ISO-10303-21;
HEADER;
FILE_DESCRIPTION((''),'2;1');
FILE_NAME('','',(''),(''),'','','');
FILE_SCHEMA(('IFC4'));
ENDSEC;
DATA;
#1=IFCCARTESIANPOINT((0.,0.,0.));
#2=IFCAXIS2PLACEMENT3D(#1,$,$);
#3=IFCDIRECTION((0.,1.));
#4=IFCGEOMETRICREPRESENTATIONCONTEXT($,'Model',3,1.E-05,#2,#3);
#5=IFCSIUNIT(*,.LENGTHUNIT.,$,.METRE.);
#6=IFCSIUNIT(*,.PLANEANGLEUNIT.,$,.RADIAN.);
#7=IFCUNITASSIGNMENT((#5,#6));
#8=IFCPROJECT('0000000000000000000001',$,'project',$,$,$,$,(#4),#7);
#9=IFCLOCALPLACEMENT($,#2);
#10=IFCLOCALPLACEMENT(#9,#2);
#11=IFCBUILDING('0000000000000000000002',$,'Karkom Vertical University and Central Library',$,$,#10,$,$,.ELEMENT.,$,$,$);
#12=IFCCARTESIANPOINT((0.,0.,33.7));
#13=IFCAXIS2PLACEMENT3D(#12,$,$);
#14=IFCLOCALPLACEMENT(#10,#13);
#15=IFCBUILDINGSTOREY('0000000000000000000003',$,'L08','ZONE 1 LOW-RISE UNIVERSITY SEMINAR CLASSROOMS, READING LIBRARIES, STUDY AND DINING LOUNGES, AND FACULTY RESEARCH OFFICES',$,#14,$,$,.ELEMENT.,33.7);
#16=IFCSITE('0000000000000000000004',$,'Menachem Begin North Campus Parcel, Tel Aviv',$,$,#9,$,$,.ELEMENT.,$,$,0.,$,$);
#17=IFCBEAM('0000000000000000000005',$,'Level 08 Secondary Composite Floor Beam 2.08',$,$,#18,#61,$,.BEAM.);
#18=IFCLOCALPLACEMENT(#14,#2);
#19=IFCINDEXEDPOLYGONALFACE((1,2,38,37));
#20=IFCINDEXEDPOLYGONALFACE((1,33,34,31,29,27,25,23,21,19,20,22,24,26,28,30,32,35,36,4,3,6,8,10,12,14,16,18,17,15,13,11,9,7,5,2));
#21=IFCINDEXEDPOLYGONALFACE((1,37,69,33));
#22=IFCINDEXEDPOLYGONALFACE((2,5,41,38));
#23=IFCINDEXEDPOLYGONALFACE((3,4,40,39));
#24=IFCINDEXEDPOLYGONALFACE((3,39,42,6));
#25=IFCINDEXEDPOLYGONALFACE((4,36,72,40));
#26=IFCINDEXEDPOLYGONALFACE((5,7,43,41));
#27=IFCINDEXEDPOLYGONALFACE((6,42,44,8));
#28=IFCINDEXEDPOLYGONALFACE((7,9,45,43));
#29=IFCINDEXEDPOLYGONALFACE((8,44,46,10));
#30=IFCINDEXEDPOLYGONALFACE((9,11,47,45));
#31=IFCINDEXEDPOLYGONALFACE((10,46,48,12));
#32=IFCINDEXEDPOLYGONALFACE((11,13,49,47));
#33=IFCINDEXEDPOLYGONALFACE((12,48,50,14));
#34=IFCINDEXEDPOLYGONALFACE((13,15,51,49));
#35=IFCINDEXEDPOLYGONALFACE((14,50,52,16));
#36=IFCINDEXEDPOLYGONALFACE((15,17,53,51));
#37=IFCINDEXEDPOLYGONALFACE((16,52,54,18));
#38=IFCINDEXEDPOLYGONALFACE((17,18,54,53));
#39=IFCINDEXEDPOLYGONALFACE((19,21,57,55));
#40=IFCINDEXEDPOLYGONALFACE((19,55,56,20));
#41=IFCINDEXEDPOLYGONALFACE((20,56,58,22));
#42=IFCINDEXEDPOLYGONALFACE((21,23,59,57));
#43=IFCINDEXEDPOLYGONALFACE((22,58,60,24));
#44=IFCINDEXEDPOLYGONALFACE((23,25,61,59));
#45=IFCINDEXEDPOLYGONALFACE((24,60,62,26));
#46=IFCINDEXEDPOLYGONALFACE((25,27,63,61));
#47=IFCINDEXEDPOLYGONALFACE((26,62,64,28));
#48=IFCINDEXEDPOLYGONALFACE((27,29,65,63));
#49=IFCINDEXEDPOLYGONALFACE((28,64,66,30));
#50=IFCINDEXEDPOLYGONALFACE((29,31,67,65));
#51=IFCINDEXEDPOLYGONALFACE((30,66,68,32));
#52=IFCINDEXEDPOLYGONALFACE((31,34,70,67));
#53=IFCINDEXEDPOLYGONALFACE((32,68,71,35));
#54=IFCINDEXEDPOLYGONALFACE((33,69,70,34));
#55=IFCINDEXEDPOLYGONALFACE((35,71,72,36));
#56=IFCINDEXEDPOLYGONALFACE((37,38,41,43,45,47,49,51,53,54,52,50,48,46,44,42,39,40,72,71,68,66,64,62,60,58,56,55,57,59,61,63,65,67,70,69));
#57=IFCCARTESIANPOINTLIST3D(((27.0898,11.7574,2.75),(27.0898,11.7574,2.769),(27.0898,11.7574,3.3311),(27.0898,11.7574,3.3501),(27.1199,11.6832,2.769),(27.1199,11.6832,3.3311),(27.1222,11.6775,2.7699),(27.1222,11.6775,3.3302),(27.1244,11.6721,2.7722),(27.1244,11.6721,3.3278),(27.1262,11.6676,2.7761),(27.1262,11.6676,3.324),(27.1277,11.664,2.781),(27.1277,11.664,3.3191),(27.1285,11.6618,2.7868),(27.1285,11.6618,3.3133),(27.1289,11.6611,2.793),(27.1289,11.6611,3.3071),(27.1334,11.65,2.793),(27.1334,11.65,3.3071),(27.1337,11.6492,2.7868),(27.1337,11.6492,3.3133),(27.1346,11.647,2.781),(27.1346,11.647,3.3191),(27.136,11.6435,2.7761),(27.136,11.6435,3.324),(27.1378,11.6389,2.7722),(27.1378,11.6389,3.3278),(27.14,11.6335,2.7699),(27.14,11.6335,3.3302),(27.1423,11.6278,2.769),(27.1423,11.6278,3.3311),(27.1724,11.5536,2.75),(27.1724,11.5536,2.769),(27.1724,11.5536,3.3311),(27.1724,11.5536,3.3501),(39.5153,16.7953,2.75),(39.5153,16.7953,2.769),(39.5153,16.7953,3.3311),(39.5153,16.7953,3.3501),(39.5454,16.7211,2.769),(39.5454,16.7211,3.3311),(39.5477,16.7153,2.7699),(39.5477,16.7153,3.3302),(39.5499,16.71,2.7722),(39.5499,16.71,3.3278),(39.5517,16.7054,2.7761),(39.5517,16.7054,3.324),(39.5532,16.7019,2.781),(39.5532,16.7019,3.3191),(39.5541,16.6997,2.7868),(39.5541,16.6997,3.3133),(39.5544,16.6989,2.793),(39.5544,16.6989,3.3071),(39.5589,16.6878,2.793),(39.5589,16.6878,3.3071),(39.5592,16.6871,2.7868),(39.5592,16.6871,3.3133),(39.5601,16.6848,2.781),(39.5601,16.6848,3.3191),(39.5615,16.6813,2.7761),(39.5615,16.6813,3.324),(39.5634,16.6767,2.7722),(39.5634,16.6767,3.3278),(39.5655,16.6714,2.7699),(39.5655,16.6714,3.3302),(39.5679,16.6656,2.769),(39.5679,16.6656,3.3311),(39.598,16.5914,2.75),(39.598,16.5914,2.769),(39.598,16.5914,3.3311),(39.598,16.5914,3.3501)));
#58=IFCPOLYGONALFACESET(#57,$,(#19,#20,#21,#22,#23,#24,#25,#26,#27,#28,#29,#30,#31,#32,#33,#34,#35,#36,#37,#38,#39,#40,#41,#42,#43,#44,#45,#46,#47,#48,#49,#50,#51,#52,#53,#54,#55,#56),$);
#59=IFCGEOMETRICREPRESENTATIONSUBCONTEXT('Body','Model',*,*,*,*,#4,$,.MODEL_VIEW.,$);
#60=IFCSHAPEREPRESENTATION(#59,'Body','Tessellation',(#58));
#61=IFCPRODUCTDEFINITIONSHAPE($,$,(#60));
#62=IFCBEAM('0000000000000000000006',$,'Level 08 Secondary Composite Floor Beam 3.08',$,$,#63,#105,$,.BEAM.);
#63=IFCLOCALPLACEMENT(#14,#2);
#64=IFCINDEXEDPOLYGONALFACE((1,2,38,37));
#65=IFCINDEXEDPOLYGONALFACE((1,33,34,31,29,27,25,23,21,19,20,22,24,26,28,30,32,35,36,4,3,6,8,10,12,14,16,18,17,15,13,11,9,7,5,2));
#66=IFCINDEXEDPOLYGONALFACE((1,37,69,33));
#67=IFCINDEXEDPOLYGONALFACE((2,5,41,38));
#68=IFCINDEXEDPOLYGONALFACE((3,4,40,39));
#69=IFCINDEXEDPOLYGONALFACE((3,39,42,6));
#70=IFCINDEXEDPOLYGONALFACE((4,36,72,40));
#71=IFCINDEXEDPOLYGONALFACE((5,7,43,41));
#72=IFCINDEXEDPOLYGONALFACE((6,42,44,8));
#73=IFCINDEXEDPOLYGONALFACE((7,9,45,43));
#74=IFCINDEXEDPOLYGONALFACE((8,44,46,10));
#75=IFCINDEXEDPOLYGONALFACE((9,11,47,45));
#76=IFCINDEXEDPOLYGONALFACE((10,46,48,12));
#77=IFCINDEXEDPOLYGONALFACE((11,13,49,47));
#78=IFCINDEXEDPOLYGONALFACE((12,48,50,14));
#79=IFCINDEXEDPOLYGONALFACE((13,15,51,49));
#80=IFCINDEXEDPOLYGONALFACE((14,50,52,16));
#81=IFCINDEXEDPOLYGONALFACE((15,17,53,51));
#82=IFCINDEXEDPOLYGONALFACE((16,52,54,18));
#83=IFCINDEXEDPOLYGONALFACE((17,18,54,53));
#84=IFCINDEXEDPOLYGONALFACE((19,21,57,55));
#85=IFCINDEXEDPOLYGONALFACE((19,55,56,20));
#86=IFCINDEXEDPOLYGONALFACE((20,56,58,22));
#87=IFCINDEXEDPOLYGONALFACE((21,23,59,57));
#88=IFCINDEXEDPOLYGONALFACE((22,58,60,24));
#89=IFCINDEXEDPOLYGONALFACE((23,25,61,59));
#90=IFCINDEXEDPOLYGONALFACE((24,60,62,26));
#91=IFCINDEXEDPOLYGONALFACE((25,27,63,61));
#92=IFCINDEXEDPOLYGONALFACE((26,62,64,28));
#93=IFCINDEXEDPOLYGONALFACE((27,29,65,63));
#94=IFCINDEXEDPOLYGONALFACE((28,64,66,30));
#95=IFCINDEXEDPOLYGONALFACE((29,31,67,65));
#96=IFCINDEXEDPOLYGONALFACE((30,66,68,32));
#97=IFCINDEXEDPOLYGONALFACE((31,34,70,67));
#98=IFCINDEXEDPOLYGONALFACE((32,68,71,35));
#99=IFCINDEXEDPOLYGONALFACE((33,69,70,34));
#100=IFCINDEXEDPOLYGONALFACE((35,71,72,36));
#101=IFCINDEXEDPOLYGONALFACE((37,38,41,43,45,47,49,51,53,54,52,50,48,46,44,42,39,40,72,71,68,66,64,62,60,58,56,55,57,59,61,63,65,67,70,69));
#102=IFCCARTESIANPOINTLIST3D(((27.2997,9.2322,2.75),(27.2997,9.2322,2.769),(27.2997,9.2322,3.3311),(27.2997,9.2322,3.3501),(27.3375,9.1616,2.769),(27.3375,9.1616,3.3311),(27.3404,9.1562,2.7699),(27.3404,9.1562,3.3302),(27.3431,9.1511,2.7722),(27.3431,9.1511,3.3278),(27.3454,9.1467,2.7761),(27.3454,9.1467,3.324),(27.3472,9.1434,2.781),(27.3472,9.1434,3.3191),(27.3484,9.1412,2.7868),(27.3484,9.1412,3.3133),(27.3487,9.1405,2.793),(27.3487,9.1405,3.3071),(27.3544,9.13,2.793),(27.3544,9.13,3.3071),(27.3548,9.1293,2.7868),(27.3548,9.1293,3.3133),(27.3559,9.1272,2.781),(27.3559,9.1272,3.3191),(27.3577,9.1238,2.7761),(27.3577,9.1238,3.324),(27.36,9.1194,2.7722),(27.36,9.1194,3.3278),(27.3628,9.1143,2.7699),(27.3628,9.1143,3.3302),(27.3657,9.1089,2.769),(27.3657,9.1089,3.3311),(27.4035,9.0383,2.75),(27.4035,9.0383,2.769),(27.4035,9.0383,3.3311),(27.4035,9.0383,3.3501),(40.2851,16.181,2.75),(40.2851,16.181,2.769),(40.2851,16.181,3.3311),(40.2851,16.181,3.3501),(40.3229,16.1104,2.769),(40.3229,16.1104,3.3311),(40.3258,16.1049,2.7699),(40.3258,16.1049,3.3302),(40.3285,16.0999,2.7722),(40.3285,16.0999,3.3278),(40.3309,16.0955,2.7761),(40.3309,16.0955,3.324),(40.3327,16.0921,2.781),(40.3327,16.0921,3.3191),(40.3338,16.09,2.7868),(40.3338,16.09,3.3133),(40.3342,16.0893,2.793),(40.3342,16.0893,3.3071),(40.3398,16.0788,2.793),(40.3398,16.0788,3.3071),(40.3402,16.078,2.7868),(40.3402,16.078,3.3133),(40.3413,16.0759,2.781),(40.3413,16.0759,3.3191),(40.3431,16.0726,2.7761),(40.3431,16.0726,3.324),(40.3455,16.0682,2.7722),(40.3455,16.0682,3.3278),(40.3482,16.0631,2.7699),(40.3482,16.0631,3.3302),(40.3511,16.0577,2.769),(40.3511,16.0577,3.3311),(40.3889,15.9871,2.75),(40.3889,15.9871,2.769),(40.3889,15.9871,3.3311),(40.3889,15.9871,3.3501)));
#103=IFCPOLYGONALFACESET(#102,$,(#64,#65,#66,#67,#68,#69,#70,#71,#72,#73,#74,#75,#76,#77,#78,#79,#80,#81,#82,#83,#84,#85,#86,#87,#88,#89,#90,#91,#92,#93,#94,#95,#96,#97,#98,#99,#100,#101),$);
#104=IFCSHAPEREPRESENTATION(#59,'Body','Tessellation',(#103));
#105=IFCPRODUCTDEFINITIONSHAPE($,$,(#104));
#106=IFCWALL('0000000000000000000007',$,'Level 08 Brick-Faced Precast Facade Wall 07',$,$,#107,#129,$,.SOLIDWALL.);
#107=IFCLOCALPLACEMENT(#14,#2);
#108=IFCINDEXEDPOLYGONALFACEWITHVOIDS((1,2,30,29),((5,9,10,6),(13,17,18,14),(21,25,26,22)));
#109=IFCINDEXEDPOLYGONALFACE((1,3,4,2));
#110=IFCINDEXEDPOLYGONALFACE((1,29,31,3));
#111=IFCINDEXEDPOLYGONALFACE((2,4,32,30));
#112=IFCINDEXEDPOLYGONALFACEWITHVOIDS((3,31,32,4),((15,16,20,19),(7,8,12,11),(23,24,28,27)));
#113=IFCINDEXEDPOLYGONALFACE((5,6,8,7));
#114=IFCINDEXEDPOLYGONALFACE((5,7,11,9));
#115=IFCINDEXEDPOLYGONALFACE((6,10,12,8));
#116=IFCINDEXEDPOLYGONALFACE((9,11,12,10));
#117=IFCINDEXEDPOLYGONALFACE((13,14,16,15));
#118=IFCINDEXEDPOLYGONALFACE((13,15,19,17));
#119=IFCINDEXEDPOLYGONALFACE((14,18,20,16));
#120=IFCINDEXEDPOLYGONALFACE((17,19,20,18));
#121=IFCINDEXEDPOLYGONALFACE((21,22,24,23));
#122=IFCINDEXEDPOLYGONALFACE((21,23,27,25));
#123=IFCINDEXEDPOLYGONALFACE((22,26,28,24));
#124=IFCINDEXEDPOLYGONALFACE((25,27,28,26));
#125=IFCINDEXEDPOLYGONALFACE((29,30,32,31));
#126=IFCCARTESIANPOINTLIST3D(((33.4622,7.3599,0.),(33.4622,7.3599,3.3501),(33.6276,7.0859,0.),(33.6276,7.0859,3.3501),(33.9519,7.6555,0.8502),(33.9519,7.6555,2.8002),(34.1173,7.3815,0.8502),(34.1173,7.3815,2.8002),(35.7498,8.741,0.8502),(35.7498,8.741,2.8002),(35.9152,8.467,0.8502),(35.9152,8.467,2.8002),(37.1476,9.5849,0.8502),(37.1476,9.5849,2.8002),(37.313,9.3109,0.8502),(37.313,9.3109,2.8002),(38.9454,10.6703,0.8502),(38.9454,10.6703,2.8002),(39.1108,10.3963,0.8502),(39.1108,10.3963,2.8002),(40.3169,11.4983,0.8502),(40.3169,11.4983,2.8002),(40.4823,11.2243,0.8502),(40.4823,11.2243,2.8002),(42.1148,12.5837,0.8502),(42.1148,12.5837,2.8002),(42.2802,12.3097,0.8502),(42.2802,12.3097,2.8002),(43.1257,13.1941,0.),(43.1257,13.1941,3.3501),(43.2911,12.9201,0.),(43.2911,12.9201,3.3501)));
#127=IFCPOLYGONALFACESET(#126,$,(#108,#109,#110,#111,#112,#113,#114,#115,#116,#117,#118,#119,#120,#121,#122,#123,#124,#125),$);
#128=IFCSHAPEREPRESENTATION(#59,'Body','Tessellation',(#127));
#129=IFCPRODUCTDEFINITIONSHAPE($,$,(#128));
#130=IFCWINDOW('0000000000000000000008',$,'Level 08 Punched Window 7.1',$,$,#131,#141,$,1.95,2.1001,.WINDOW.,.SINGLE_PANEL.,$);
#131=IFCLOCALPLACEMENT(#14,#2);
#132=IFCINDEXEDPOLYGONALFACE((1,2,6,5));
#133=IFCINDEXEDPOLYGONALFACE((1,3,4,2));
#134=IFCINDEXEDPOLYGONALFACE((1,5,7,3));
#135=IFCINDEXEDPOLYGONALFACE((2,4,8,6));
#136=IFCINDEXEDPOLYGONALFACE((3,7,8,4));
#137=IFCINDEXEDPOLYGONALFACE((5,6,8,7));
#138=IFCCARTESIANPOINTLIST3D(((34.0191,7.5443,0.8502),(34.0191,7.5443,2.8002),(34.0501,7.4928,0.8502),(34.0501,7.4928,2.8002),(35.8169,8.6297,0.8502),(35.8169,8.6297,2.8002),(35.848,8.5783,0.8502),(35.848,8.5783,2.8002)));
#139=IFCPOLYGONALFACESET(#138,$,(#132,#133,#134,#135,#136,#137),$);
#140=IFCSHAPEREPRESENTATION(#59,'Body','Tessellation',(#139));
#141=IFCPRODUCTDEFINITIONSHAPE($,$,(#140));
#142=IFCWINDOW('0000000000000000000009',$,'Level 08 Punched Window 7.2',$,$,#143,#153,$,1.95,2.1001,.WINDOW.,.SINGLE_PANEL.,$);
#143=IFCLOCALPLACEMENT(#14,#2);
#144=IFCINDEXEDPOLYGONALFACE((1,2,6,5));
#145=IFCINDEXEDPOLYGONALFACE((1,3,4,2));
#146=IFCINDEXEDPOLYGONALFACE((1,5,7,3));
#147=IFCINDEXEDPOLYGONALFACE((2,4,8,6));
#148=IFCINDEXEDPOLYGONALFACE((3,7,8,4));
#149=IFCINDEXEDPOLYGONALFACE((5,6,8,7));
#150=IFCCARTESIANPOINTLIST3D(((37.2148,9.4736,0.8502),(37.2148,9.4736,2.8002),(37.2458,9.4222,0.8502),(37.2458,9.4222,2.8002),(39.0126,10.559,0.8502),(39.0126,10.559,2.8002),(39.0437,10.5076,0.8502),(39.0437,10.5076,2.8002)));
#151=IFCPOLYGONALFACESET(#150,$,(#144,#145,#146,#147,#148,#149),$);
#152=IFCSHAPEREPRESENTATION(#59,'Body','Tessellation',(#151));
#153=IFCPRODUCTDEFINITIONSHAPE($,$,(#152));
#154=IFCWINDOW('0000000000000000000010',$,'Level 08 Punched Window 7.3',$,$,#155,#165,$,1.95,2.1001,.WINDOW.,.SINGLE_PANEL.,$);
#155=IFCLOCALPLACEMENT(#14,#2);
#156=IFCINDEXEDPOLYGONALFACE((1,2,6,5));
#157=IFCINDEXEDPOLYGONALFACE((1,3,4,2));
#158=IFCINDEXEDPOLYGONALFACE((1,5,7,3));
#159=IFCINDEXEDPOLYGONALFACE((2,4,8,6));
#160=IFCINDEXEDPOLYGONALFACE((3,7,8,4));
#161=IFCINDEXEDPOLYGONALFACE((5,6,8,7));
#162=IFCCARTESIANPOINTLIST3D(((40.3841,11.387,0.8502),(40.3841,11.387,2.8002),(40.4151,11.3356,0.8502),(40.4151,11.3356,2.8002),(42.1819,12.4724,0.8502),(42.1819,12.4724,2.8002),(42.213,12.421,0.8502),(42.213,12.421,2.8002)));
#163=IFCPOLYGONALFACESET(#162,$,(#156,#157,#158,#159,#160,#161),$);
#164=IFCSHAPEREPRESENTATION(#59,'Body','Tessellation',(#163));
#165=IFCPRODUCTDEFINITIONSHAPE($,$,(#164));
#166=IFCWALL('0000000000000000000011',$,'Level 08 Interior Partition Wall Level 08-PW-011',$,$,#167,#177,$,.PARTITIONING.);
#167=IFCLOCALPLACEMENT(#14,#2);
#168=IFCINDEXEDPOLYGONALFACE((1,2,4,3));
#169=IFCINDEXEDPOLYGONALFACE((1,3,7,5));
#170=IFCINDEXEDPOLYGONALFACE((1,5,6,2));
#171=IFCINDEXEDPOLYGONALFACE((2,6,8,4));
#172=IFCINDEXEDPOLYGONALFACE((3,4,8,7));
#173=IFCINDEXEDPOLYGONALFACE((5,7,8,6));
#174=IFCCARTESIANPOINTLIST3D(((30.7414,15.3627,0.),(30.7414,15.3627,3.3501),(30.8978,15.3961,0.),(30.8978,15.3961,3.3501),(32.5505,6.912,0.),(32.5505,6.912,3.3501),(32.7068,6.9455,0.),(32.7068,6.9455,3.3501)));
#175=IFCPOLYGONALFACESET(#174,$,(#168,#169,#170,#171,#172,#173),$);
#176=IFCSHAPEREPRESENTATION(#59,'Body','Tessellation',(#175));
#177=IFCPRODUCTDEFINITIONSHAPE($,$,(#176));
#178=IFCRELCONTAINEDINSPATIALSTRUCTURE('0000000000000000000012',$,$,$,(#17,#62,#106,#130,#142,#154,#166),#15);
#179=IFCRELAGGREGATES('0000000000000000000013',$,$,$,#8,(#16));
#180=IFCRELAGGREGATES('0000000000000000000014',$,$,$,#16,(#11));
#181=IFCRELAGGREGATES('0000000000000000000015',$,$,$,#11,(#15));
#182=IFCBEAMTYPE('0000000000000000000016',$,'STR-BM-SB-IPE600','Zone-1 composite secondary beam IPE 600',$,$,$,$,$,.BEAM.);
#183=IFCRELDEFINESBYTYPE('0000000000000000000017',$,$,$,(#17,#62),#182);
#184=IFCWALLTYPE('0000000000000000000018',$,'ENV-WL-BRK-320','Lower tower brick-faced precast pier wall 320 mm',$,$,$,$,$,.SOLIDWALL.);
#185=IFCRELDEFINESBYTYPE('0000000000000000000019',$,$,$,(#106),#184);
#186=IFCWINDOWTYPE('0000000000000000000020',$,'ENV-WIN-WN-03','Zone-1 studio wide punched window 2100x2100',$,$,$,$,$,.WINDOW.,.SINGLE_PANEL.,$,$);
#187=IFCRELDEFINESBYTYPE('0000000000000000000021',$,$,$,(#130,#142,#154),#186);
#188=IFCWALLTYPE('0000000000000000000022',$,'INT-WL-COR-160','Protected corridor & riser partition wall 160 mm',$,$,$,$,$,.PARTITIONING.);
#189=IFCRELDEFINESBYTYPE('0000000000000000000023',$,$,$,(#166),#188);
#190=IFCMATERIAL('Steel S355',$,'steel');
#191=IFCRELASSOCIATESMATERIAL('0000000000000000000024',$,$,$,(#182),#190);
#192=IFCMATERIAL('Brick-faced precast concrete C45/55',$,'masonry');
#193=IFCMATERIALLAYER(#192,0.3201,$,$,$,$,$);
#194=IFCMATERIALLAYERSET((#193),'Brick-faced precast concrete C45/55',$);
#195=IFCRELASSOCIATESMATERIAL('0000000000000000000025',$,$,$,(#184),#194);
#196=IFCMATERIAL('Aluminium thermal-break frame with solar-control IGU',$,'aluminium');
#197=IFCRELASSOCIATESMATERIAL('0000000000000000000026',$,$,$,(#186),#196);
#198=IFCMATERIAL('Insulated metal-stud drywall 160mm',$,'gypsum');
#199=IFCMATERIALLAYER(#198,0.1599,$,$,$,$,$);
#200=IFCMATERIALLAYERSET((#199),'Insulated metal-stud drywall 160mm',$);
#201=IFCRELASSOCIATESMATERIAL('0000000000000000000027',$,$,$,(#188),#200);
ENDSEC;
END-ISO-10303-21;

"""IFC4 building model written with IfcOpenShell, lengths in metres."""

from ifc_helpers import new_model, si_unit, direction, frame, frame_2d, origin, origin_with_axes, origin_2d, place, context, subcontext, project, spatial, rectangle, i_section, extrude, source, transform, mapped, material, layer, layer_set, material_profile, profile_set, type_object, element, fill, save


model = new_model("IFC4")

# Units and contexts
model_context = context("Model", 3, precision=1e-05, world=origin(), true_north=direction((0.0, 1.0)))
body_context = subcontext(model_context, "Body", "Model", "MODEL_VIEW")
ifc_project = project(units=[si_unit("LENGTHUNIT", "METRE"), si_unit("PLANEANGLEUNIT", "RADIAN")], contexts=[model_context])

# Site, building, storey
site_placement = place(None, origin())
site = spatial("IfcSite", under=ifc_project, at=site_placement, Name="Menachem Begin North Campus Parcel, Tel Aviv", CompositionType="ELEMENT", RefElevation=0.0)
building_placement = place(site_placement, origin())
building = spatial("IfcBuilding", under=site, at=building_placement, Name="Karkom Vertical University and Central Library", CompositionType="ELEMENT")
storey_placement = place(building_placement, frame((0.0, 0.0, 33.7)))
storey = spatial("IfcBuildingStorey", under=building, at=storey_placement, Name="L08", Description="ZONE 1 LOW-RISE UNIVERSITY SEMINAR CLASSROOMS, READING LIBRARIES, STUDY AND DINING LOUNGES, AND FACULTY RESEARCH OFFICES", CompositionType="ELEMENT", Elevation=33.7)

# Beams
ifc_material_1 = material(Name="Steel S355", Category="steel")
ifc_material_profile_1 = material_profile(ifc_material_1, i_section(OverallWidth=0.22, OverallDepth=0.6001, WebThickness=0.012, FlangeThickness=0.019, FilletRadius=0.0239, at=origin_2d()), Name="IPE 600")
ifc_profile_set_1 = profile_set([ifc_material_profile_1], Name="Steel S355")
beam_type_1 = type_object("IfcBeamType", Name="STR-BM-SB-IPE600", Description="Zone-1 composite secondary beam IPE 600", PredefinedType="BEAM", material=ifc_profile_set_1)
shared_shape_1 = source(origin_with_axes(), body_context, "Body", "SweptSolid", [
    extrude(i_section(OverallWidth=0.22, OverallDepth=0.6001, WebThickness=0.012, FlangeThickness=0.019, FilletRadius=0.0239, at=origin_2d()), origin(), (0.0, 0.0, 1.0), 13.408),
])
beam_1_placement = place(storey_placement, frame((27.1311, 11.6555, 3.05), z_axis=(0.926727, 0.375735, 0.0), x_axis=(-0.375735, 0.926727, 0.0)))
element("IfcBeam", 1, at=beam_1_placement, inside=storey, type_object=beam_type_1, Name="Level 08 Secondary Composite Floor Beam 2.08", PredefinedType="BEAM", context=body_context, shape_type="MappedRepresentation", body=[
    mapped(shared_shape_1, transform((0.0, 0.0, 0.0), scale=1.0)),
])
shared_shape_2 = source(origin_with_axes(), body_context, "Body", "SweptSolid", [
    extrude(i_section(OverallWidth=0.22, OverallDepth=0.6001, WebThickness=0.012, FlangeThickness=0.019, FilletRadius=0.0239, at=origin_2d()), origin(), (0.0, 0.0, 1.0), 14.7278),
])
beam_2_placement = place(storey_placement, frame((27.3516, 9.1353, 3.05), z_axis=(0.881698, 0.471815, 0.0), x_axis=(-0.471815, 0.881698, 0.0)))
element("IfcBeam", 2, at=beam_2_placement, inside=storey, type_object=beam_type_1, Name="Level 08 Secondary Composite Floor Beam 3.08", PredefinedType="BEAM", context=body_context, shape_type="MappedRepresentation", body=[
    mapped(shared_shape_2, transform((0.0, 0.0, 0.0), scale=1.0)),
])

# Wall, openings, windows
ifc_material_2 = material(Name="Brick-faced precast concrete C45/55", Category="masonry")
ifc_layer_1 = layer(ifc_material_2, 0.3201)
ifc_layer_set_1 = layer_set([ifc_layer_1], Name="Brick-faced precast concrete C45/55")
wall_type_1 = type_object("IfcWallType", Name="ENV-WL-BRK-320", Description="Lower tower brick-faced precast pier wall 320 mm", PredefinedType="SOLIDWALL", material=ifc_layer_set_1)
wall_1_placement = place(storey_placement, frame((33.5449, 7.2229, 0.0), z_axis=(0.0, 0.0, 1.0), x_axis=(0.856079, 0.516844, 0.0)))
wall_1 = element("IfcWall", 3, at=wall_1_placement, inside=storey, type_object=wall_type_1, Name="Level 08 Brick-Faced Precast Facade Wall 07", PredefinedType="SOLIDWALL", context=body_context, shape_type="SweptSolid", body=[
    extrude(rectangle(XDim=11.2881, YDim=0.3201, at=frame_2d((5.644, 0.0))), origin(), (0.0, 0.0, 1.0), 3.3501),
])
opening_1_placement = place(wall_1_placement, frame((0.572, 0.0, 0.8501)))
opening_1 = element("IfcOpeningElement", 4, at=opening_1_placement, cuts=wall_1, PredefinedType="OPENING", context=body_context, shape_type="SweptSolid", body=[
    extrude(rectangle(XDim=2.1001, YDim=1.95, at=frame_2d((1.05, 0.9751))), frame((0.0, 0.1699, 0.0), z_axis=(0.0, -1.0, 0.0), x_axis=(1.0, 0.0, 0.0)), (0.0, 0.0, 1.0), 0.3401),
])
opening_2_placement = place(wall_1_placement, frame((4.3049, 0.0, 0.8501)))
opening_2 = element("IfcOpeningElement", 5, at=opening_2_placement, cuts=wall_1, PredefinedType="OPENING", context=body_context, shape_type="SweptSolid", body=[
    extrude(rectangle(XDim=2.1001, YDim=1.95, at=frame_2d((1.05, 0.9751))), frame((0.0, 0.1699, 0.0), z_axis=(0.0, -1.0, 0.0), x_axis=(1.0, 0.0, 0.0)), (0.0, 0.0, 1.0), 0.3401),
])
opening_3_placement = place(wall_1_placement, frame((8.0071, 0.0, 0.8501)))
opening_3 = element("IfcOpeningElement", 6, at=opening_3_placement, cuts=wall_1, PredefinedType="OPENING", context=body_context, shape_type="SweptSolid", body=[
    extrude(rectangle(XDim=2.1001, YDim=1.95, at=frame_2d((1.05, 0.9751))), frame((0.0, 0.1699, 0.0), z_axis=(0.0, -1.0, 0.0), x_axis=(1.0, 0.0, 0.0)), (0.0, 0.0, 1.0), 0.3401),
])
ifc_material_3 = material(Name="Aluminium thermal-break frame with solar-control IGU", Category="aluminium")
window_type = type_object("IfcWindowType", Name="ENV-WIN-WN-03", Description="Zone-1 studio wide punched window 2100x2100", PartitioningType="SINGLE_PANEL", PredefinedType="WINDOW", material=ifc_material_3)
shared_shape_3 = source(origin_with_axes(), body_context, "Body", "SweptSolid", [
    extrude(rectangle(XDim=2.1001, YDim=1.95, at=frame_2d((1.05, 0.9751))), frame((0.0, 0.03, 0.0), z_axis=(0.0, -1.0, 0.0), x_axis=(1.0, 0.0, 0.0)), (0.0, 0.0, 1.0), 0.0601),
])
window_1_placement = place(opening_1_placement, origin())
window_1 = element("IfcWindow", 7, at=window_1_placement, inside=storey, type_object=window_type, Name="Level 08 Punched Window 7.1", OverallHeight=1.95, OverallWidth=2.1001, PartitioningType="SINGLE_PANEL", PredefinedType="WINDOW", context=body_context, shape_type="MappedRepresentation", body=[
    mapped(shared_shape_3, transform((0.0, 0.0, 0.0), scale=1.0)),
])
fill(opening_1, window_1)
window_2_placement = place(opening_2_placement, origin())
window_2 = element("IfcWindow", 8, at=window_2_placement, inside=storey, type_object=window_type, Name="Level 08 Punched Window 7.2", OverallHeight=1.95, OverallWidth=2.1001, PartitioningType="SINGLE_PANEL", PredefinedType="WINDOW", context=body_context, shape_type="MappedRepresentation", body=[
    mapped(shared_shape_3, transform((0.0, 0.0, 0.0), scale=1.0)),
])
fill(opening_2, window_2)
window_3_placement = place(opening_3_placement, origin())
window_3 = element("IfcWindow", 9, at=window_3_placement, inside=storey, type_object=window_type, Name="Level 08 Punched Window 7.3", OverallHeight=1.95, OverallWidth=2.1001, PartitioningType="SINGLE_PANEL", PredefinedType="WINDOW", context=body_context, shape_type="MappedRepresentation", body=[
    mapped(shared_shape_3, transform((0.0, 0.0, 0.0), scale=1.0)),
])
fill(opening_3, window_3)

# Wall
ifc_material_4 = material(Name="Insulated metal-stud drywall 160mm", Category="gypsum")
ifc_layer_2 = layer(ifc_material_4, 0.1599)
ifc_layer_set_2 = layer_set([ifc_layer_2], Name="Insulated metal-stud drywall 160mm")
wall_type_2 = type_object("IfcWallType", Name="INT-WL-COR-160", Description="Protected corridor & riser partition wall 160 mm", PredefinedType="PARTITIONING", material=ifc_layer_set_2)
wall_2_placement = place(storey_placement, frame((30.8196, 15.3794, 0.0), z_axis=(0.0, 0.0, 1.0), x_axis=(0.209332, -0.977845, 0.0)))
element("IfcWall", 10, at=wall_2_placement, inside=storey, type_object=wall_type_2, Name="Level 08 Interior Partition Wall Level 08-PW-011", PredefinedType="PARTITIONING", context=body_context, shape_type="SweptSolid", body=[
    extrude(rectangle(XDim=8.6421, YDim=0.1599, at=frame_2d((4.321, 0.0))), origin(), (0.0, 0.0, 1.0), 3.3501),
])

save(model, "model.ifc")
